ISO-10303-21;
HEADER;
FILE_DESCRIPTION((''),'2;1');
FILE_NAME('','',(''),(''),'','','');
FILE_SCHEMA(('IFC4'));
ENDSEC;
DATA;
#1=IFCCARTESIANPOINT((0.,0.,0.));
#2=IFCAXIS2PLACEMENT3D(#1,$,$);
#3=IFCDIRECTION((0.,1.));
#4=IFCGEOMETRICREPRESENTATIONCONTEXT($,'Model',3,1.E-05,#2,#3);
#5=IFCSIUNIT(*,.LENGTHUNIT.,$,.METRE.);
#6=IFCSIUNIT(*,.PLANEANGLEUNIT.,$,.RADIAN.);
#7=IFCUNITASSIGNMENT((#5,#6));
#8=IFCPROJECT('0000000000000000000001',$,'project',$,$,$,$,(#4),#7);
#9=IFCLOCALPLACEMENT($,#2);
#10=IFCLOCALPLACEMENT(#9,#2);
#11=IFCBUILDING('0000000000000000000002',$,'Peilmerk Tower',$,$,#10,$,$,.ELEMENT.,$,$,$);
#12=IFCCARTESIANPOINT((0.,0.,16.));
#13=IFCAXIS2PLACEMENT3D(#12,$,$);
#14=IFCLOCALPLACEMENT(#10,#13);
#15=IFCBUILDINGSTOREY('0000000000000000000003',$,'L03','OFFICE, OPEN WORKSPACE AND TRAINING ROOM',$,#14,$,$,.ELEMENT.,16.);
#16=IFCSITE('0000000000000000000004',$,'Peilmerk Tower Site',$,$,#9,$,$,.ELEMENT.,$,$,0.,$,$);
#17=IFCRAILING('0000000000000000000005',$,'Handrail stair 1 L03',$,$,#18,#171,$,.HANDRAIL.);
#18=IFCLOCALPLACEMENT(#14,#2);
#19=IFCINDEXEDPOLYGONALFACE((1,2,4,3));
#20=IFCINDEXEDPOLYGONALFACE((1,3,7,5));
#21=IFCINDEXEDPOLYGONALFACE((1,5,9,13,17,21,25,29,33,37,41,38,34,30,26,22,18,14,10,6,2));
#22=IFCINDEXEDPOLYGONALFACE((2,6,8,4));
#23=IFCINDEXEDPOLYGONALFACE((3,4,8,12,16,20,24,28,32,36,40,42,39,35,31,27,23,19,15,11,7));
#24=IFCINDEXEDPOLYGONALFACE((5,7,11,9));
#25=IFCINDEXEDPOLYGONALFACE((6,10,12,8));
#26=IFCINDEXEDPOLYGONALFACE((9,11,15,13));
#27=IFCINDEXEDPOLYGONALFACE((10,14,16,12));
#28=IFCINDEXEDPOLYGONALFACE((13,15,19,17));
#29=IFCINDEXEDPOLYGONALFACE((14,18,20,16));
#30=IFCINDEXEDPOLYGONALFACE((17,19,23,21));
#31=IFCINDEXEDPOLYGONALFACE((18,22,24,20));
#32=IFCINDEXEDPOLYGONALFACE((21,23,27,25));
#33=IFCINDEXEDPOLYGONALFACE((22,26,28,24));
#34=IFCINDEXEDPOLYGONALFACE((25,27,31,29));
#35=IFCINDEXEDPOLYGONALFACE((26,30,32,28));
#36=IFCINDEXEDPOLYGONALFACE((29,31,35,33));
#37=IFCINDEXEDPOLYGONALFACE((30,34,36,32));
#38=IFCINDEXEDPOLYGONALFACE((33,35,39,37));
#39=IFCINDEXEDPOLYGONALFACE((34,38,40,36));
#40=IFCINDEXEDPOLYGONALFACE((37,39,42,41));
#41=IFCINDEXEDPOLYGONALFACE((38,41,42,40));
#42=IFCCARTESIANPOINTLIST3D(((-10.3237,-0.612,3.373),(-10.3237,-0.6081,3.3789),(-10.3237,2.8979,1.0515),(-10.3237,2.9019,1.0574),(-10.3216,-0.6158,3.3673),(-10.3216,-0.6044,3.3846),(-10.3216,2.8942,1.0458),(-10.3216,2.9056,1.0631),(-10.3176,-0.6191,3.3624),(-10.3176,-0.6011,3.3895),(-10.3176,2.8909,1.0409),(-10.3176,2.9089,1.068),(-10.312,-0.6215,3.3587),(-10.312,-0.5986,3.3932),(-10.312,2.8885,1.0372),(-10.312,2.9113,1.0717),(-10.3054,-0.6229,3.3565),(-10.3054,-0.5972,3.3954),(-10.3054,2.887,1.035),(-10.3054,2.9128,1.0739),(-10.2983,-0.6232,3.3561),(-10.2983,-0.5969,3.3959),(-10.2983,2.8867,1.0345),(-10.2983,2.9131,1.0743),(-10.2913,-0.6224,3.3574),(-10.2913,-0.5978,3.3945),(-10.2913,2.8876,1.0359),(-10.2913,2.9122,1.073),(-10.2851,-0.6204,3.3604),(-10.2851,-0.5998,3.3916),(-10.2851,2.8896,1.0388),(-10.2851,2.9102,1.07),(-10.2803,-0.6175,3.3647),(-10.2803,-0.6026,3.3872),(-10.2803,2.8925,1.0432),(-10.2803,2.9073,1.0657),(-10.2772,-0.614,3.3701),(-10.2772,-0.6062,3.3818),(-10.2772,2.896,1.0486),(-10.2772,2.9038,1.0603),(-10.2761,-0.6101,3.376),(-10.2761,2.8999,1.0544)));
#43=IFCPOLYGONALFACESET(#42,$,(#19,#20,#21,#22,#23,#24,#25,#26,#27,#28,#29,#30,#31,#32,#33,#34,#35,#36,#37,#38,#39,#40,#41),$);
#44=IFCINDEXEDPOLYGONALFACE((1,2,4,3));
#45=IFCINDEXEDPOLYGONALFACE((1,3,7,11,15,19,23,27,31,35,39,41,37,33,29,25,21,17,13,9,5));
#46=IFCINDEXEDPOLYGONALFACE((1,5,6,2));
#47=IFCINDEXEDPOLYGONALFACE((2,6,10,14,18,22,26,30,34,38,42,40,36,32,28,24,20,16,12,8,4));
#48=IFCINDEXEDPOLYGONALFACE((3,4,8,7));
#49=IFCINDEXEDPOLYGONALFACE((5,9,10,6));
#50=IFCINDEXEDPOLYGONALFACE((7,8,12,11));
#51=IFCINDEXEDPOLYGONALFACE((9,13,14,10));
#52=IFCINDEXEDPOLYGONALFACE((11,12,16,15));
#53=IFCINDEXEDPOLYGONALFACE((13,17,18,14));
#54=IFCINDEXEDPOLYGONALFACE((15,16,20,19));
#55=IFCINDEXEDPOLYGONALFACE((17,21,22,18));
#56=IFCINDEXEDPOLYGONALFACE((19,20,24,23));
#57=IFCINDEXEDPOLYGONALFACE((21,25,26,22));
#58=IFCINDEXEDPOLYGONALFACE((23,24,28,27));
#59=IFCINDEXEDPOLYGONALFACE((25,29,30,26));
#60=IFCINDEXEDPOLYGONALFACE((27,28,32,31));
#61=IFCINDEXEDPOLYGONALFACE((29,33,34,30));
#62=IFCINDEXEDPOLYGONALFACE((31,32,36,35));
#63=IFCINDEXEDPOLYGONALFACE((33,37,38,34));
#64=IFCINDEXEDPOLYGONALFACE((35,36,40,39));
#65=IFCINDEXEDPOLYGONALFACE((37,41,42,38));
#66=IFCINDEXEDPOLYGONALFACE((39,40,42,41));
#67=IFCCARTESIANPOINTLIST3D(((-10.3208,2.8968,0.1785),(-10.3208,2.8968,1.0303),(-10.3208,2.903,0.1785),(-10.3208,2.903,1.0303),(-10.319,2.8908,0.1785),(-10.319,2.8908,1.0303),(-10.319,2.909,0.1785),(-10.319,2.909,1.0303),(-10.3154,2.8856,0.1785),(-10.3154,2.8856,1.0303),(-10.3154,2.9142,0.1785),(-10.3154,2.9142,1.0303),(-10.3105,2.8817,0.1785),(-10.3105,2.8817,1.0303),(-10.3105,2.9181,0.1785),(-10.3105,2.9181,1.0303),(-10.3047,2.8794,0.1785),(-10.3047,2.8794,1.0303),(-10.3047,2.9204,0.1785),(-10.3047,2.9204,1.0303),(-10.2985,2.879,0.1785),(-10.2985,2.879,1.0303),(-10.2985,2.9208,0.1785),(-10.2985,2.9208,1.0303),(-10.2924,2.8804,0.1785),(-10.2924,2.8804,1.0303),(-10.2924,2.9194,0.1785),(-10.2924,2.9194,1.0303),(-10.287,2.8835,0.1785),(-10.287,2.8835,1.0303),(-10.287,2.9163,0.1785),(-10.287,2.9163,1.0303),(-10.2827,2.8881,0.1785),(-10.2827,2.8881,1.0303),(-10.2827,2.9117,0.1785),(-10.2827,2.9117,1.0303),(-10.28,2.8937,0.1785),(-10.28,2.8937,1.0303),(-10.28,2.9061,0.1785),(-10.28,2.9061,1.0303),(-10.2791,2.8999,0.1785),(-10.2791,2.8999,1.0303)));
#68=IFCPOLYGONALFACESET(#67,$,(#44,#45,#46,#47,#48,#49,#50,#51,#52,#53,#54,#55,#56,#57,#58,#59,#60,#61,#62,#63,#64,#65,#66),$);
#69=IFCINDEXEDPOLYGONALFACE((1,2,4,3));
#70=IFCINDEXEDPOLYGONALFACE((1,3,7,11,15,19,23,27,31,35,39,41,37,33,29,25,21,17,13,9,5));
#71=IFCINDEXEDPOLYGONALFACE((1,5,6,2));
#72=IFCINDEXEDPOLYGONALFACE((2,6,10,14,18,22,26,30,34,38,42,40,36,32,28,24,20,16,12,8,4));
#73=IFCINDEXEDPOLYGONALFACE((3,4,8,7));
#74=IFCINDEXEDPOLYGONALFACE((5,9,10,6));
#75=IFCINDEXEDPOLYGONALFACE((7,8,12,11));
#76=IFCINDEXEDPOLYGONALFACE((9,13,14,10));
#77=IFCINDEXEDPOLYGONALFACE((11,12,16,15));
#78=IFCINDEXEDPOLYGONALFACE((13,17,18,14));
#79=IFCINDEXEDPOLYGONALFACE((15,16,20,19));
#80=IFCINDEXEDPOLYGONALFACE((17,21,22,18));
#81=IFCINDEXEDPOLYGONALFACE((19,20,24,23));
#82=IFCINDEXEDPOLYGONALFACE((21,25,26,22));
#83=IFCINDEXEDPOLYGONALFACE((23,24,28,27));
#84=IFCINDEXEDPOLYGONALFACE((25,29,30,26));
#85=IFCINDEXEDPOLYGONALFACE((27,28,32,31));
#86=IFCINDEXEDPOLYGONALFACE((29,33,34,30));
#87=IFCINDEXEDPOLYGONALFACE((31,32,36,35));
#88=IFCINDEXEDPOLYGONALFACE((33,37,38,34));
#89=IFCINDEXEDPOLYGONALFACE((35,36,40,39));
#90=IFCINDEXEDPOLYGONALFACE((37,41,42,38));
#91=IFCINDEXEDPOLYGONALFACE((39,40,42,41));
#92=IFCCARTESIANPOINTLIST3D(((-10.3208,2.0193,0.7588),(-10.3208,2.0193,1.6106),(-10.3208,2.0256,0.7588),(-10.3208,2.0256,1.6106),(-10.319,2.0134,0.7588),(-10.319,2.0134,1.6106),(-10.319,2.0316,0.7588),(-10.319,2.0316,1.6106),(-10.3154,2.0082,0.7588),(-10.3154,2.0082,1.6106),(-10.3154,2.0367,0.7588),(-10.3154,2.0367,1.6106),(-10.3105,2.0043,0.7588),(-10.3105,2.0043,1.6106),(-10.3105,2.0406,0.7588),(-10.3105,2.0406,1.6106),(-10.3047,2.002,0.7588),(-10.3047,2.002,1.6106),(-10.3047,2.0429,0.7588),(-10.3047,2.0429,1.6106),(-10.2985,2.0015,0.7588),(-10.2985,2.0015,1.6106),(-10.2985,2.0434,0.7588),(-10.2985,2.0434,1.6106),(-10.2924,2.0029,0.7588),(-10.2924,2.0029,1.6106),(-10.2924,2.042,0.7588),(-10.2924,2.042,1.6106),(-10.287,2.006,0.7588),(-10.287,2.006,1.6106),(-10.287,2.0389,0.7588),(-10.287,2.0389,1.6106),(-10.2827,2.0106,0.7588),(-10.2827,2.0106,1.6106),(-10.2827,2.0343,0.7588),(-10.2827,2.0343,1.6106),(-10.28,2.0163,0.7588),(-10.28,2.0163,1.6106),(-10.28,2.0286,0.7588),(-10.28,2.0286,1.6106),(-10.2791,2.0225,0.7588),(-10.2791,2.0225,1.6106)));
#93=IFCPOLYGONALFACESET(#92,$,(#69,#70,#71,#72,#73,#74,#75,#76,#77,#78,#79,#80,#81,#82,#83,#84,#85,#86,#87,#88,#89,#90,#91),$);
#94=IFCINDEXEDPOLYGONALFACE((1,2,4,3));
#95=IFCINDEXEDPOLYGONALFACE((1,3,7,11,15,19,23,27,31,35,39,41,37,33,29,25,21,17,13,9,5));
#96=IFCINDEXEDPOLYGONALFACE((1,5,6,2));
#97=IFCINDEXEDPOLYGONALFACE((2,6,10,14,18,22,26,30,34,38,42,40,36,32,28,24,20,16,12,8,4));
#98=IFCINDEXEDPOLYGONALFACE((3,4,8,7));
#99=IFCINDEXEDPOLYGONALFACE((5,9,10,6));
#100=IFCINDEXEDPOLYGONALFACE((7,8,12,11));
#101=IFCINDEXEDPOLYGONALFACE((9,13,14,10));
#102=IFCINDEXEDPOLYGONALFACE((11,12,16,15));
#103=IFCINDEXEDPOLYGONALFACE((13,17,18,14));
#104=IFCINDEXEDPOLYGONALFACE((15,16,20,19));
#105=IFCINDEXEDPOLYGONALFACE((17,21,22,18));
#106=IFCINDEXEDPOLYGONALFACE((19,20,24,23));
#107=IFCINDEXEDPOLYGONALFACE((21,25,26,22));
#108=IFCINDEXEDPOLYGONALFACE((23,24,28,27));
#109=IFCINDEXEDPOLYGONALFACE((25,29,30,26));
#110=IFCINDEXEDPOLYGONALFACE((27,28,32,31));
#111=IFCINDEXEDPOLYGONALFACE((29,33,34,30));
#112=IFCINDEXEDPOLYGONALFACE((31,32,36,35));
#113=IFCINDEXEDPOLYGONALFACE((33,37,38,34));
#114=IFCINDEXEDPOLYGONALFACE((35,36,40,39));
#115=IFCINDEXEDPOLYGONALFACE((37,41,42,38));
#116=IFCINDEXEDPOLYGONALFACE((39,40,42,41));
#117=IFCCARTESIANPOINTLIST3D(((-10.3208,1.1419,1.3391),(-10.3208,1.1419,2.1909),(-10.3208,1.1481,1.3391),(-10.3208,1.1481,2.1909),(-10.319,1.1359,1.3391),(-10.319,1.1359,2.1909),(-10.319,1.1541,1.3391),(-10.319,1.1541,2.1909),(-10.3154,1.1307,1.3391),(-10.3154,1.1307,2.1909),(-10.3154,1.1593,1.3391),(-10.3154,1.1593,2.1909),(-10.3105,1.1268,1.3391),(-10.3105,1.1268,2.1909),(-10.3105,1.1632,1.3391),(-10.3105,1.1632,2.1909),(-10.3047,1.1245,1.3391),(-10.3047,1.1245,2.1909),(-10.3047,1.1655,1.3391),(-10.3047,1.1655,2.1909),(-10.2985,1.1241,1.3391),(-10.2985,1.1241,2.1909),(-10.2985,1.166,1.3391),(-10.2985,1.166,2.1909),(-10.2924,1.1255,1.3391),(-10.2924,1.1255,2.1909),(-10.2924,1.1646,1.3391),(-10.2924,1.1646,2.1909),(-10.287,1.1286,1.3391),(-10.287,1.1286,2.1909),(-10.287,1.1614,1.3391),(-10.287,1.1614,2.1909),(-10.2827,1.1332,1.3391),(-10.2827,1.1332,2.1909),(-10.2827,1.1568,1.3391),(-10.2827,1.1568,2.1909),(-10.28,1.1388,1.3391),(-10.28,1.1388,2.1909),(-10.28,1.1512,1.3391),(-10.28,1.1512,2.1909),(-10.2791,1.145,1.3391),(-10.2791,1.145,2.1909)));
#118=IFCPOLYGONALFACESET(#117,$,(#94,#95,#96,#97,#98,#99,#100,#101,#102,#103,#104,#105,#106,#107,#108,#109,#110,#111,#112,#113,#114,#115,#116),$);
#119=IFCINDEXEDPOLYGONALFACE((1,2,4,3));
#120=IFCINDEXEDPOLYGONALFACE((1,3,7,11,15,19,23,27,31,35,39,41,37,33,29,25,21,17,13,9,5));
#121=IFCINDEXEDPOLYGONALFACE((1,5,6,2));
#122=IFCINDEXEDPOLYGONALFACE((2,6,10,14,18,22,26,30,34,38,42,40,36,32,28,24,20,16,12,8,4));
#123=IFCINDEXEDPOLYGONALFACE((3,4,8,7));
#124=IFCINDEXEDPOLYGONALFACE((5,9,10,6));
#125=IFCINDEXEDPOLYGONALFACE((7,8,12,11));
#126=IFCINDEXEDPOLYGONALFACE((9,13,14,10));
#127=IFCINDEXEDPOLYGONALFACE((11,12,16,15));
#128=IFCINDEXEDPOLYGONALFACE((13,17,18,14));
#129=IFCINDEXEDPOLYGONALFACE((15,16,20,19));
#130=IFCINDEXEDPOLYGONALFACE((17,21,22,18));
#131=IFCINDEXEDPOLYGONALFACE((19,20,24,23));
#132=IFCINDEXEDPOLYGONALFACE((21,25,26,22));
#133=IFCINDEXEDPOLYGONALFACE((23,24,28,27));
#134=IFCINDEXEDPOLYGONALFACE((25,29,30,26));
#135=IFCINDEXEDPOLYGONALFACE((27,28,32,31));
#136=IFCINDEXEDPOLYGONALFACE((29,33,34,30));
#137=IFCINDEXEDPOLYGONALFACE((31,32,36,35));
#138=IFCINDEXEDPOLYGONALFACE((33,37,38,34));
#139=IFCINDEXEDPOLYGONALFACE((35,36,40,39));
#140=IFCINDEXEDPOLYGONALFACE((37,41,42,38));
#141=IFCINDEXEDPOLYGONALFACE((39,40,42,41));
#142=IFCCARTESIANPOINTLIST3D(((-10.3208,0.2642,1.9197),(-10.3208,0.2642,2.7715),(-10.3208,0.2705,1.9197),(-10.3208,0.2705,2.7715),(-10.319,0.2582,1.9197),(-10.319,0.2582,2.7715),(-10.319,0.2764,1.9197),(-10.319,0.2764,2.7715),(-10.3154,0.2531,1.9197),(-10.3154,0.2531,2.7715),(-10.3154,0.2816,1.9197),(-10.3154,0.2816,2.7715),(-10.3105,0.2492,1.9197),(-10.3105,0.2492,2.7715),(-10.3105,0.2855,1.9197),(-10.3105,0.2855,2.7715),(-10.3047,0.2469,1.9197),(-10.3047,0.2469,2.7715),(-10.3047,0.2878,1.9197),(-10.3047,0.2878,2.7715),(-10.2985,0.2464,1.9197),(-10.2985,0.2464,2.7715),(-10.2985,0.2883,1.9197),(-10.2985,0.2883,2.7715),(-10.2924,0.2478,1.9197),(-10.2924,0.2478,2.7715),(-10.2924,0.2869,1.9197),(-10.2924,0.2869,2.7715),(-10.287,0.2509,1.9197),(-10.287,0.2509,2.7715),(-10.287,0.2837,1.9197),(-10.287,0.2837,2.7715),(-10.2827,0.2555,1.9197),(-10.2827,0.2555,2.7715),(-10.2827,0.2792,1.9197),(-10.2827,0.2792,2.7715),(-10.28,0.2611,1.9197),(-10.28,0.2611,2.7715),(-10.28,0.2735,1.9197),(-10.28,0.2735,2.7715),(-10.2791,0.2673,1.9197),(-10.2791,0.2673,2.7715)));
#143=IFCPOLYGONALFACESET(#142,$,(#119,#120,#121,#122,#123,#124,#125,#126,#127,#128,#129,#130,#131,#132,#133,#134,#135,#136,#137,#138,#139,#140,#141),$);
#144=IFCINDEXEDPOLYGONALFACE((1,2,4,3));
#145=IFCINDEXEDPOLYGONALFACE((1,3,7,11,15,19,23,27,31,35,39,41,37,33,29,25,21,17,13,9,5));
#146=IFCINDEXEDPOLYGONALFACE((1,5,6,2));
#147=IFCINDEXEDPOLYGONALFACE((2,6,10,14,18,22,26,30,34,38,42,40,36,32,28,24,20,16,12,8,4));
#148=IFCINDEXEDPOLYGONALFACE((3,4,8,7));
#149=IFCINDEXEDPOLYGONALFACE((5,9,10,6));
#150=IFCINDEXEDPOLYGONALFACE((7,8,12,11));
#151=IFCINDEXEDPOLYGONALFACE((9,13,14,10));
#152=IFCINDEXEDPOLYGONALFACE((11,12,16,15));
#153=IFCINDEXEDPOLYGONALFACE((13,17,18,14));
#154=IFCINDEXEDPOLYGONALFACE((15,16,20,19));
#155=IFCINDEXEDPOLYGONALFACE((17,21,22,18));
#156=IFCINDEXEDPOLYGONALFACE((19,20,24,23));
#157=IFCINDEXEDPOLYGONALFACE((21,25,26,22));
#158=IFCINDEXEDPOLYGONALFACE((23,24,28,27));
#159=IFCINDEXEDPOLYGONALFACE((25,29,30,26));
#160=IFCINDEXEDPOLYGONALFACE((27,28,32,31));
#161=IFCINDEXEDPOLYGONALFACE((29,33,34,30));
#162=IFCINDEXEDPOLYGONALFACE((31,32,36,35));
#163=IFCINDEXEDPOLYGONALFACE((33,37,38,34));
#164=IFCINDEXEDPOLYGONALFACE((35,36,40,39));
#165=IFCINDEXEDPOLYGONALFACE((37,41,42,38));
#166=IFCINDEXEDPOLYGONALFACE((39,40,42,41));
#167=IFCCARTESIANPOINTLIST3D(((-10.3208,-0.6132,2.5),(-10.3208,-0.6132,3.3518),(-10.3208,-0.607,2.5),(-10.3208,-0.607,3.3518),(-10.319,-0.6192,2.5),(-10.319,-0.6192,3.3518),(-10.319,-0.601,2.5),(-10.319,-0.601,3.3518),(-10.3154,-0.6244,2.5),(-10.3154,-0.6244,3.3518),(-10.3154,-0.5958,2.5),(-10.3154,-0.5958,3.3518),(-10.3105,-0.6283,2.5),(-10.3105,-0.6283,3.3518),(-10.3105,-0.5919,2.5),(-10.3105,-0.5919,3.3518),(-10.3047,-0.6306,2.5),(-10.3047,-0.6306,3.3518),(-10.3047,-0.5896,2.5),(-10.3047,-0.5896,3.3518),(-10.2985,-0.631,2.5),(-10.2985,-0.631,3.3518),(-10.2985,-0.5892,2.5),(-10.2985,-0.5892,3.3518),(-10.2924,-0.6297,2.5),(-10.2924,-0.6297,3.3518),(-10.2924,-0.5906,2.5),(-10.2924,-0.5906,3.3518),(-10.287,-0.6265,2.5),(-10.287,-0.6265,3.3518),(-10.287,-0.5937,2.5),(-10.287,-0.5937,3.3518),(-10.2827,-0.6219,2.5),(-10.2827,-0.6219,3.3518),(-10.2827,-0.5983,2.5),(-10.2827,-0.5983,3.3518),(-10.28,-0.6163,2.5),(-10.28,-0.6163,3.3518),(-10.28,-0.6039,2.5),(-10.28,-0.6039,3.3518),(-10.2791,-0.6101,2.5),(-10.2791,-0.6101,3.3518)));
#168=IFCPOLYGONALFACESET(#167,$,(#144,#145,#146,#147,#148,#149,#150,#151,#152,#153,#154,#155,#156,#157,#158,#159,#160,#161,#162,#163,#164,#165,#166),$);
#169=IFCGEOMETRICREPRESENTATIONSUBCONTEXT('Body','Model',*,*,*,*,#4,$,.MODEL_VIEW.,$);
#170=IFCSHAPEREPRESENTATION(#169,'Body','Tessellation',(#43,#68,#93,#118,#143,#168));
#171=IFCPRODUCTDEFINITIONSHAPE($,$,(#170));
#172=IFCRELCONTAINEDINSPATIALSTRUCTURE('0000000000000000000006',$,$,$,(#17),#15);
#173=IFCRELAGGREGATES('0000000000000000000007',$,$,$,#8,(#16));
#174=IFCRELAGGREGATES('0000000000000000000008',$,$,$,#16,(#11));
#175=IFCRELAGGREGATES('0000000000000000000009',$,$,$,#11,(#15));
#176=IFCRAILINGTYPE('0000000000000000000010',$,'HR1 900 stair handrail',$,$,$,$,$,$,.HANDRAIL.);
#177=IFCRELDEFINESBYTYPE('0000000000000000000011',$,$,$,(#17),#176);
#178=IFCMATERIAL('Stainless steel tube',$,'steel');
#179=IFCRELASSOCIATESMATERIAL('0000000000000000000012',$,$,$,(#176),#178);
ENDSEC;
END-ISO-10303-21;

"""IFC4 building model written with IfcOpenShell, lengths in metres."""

from ifc_helpers import new_model, si_unit, direction, frame, origin, origin_2d, place, context, subcontext, project, spatial, circle, extrude, material, type_object, element, save


model = new_model("IFC4")

# Units and contexts
model_context = context("Model", 3, precision=1e-05, world=origin(), true_north=direction((0.0, 1.0)))
body_context = subcontext(model_context, "Body", "Model", "MODEL_VIEW")
ifc_project = project(units=[si_unit("LENGTHUNIT", "METRE"), si_unit("PLANEANGLEUNIT", "RADIAN")], contexts=[model_context])

# Site, building, storey
site_placement = place(None, origin())
site = spatial("IfcSite", under=ifc_project, at=site_placement, Name="Peilmerk Tower Site", CompositionType="ELEMENT", RefElevation=0.0)
building_placement = place(site_placement, origin())
building = spatial("IfcBuilding", under=site, at=building_placement, Name="Peilmerk Tower", CompositionType="ELEMENT")
storey_placement = place(building_placement, frame((0.0, 0.0, 16.0)))
storey = spatial("IfcBuildingStorey", under=building, at=storey_placement, Name="L03", Description="OFFICE, OPEN WORKSPACE AND TRAINING ROOM", CompositionType="ELEMENT", Elevation=16.0)

# Railing
ifc_material_1 = material(Name="Stainless steel tube", Category="steel")
railing_type_1 = type_object("IfcRailingType", Name="HR1 900 stair handrail", PredefinedType="HANDRAIL", material=ifc_material_1)
railing_1_placement = place(storey_placement, frame((-10.3, 2.8999, 0.1785)))
element("IfcRailing", 1, at=railing_1_placement, inside=storey, type_object=railing_type_1, Name="Handrail stair 1 L03", PredefinedType="HANDRAIL", context=body_context, shape_type="SweptSolid", body=[
    extrude(circle(Radius=0.0239, at=origin_2d()), frame((0.0, 0.0, 0.876), z_axis=(0.0, -0.834071, 0.551657), x_axis=(1.0, 0.0, 0.0)), (0.0, 0.0, 1.0), 4.2083),
    extrude(circle(Radius=0.021, at=origin_2d()), origin(), (0.0, 0.0, 1.0), 0.8518),
    extrude(circle(Radius=0.021, at=origin_2d()), frame((0.0, -0.8774, 0.5803)), (0.0, 0.0, 1.0), 0.8518),
    extrude(circle(Radius=0.021, at=origin_2d()), frame((0.0, -1.7549, 1.1606)), (0.0, 0.0, 1.0), 0.8518),
    extrude(circle(Radius=0.021, at=origin_2d()), frame((0.0, -2.6326, 1.7412)), (0.0, 0.0, 1.0), 0.8518),
    extrude(circle(Radius=0.021, at=origin_2d()), frame((0.0, -3.51, 2.3215)), (0.0, 0.0, 1.0), 0.8518),
])

save(model, "model.ifc")
